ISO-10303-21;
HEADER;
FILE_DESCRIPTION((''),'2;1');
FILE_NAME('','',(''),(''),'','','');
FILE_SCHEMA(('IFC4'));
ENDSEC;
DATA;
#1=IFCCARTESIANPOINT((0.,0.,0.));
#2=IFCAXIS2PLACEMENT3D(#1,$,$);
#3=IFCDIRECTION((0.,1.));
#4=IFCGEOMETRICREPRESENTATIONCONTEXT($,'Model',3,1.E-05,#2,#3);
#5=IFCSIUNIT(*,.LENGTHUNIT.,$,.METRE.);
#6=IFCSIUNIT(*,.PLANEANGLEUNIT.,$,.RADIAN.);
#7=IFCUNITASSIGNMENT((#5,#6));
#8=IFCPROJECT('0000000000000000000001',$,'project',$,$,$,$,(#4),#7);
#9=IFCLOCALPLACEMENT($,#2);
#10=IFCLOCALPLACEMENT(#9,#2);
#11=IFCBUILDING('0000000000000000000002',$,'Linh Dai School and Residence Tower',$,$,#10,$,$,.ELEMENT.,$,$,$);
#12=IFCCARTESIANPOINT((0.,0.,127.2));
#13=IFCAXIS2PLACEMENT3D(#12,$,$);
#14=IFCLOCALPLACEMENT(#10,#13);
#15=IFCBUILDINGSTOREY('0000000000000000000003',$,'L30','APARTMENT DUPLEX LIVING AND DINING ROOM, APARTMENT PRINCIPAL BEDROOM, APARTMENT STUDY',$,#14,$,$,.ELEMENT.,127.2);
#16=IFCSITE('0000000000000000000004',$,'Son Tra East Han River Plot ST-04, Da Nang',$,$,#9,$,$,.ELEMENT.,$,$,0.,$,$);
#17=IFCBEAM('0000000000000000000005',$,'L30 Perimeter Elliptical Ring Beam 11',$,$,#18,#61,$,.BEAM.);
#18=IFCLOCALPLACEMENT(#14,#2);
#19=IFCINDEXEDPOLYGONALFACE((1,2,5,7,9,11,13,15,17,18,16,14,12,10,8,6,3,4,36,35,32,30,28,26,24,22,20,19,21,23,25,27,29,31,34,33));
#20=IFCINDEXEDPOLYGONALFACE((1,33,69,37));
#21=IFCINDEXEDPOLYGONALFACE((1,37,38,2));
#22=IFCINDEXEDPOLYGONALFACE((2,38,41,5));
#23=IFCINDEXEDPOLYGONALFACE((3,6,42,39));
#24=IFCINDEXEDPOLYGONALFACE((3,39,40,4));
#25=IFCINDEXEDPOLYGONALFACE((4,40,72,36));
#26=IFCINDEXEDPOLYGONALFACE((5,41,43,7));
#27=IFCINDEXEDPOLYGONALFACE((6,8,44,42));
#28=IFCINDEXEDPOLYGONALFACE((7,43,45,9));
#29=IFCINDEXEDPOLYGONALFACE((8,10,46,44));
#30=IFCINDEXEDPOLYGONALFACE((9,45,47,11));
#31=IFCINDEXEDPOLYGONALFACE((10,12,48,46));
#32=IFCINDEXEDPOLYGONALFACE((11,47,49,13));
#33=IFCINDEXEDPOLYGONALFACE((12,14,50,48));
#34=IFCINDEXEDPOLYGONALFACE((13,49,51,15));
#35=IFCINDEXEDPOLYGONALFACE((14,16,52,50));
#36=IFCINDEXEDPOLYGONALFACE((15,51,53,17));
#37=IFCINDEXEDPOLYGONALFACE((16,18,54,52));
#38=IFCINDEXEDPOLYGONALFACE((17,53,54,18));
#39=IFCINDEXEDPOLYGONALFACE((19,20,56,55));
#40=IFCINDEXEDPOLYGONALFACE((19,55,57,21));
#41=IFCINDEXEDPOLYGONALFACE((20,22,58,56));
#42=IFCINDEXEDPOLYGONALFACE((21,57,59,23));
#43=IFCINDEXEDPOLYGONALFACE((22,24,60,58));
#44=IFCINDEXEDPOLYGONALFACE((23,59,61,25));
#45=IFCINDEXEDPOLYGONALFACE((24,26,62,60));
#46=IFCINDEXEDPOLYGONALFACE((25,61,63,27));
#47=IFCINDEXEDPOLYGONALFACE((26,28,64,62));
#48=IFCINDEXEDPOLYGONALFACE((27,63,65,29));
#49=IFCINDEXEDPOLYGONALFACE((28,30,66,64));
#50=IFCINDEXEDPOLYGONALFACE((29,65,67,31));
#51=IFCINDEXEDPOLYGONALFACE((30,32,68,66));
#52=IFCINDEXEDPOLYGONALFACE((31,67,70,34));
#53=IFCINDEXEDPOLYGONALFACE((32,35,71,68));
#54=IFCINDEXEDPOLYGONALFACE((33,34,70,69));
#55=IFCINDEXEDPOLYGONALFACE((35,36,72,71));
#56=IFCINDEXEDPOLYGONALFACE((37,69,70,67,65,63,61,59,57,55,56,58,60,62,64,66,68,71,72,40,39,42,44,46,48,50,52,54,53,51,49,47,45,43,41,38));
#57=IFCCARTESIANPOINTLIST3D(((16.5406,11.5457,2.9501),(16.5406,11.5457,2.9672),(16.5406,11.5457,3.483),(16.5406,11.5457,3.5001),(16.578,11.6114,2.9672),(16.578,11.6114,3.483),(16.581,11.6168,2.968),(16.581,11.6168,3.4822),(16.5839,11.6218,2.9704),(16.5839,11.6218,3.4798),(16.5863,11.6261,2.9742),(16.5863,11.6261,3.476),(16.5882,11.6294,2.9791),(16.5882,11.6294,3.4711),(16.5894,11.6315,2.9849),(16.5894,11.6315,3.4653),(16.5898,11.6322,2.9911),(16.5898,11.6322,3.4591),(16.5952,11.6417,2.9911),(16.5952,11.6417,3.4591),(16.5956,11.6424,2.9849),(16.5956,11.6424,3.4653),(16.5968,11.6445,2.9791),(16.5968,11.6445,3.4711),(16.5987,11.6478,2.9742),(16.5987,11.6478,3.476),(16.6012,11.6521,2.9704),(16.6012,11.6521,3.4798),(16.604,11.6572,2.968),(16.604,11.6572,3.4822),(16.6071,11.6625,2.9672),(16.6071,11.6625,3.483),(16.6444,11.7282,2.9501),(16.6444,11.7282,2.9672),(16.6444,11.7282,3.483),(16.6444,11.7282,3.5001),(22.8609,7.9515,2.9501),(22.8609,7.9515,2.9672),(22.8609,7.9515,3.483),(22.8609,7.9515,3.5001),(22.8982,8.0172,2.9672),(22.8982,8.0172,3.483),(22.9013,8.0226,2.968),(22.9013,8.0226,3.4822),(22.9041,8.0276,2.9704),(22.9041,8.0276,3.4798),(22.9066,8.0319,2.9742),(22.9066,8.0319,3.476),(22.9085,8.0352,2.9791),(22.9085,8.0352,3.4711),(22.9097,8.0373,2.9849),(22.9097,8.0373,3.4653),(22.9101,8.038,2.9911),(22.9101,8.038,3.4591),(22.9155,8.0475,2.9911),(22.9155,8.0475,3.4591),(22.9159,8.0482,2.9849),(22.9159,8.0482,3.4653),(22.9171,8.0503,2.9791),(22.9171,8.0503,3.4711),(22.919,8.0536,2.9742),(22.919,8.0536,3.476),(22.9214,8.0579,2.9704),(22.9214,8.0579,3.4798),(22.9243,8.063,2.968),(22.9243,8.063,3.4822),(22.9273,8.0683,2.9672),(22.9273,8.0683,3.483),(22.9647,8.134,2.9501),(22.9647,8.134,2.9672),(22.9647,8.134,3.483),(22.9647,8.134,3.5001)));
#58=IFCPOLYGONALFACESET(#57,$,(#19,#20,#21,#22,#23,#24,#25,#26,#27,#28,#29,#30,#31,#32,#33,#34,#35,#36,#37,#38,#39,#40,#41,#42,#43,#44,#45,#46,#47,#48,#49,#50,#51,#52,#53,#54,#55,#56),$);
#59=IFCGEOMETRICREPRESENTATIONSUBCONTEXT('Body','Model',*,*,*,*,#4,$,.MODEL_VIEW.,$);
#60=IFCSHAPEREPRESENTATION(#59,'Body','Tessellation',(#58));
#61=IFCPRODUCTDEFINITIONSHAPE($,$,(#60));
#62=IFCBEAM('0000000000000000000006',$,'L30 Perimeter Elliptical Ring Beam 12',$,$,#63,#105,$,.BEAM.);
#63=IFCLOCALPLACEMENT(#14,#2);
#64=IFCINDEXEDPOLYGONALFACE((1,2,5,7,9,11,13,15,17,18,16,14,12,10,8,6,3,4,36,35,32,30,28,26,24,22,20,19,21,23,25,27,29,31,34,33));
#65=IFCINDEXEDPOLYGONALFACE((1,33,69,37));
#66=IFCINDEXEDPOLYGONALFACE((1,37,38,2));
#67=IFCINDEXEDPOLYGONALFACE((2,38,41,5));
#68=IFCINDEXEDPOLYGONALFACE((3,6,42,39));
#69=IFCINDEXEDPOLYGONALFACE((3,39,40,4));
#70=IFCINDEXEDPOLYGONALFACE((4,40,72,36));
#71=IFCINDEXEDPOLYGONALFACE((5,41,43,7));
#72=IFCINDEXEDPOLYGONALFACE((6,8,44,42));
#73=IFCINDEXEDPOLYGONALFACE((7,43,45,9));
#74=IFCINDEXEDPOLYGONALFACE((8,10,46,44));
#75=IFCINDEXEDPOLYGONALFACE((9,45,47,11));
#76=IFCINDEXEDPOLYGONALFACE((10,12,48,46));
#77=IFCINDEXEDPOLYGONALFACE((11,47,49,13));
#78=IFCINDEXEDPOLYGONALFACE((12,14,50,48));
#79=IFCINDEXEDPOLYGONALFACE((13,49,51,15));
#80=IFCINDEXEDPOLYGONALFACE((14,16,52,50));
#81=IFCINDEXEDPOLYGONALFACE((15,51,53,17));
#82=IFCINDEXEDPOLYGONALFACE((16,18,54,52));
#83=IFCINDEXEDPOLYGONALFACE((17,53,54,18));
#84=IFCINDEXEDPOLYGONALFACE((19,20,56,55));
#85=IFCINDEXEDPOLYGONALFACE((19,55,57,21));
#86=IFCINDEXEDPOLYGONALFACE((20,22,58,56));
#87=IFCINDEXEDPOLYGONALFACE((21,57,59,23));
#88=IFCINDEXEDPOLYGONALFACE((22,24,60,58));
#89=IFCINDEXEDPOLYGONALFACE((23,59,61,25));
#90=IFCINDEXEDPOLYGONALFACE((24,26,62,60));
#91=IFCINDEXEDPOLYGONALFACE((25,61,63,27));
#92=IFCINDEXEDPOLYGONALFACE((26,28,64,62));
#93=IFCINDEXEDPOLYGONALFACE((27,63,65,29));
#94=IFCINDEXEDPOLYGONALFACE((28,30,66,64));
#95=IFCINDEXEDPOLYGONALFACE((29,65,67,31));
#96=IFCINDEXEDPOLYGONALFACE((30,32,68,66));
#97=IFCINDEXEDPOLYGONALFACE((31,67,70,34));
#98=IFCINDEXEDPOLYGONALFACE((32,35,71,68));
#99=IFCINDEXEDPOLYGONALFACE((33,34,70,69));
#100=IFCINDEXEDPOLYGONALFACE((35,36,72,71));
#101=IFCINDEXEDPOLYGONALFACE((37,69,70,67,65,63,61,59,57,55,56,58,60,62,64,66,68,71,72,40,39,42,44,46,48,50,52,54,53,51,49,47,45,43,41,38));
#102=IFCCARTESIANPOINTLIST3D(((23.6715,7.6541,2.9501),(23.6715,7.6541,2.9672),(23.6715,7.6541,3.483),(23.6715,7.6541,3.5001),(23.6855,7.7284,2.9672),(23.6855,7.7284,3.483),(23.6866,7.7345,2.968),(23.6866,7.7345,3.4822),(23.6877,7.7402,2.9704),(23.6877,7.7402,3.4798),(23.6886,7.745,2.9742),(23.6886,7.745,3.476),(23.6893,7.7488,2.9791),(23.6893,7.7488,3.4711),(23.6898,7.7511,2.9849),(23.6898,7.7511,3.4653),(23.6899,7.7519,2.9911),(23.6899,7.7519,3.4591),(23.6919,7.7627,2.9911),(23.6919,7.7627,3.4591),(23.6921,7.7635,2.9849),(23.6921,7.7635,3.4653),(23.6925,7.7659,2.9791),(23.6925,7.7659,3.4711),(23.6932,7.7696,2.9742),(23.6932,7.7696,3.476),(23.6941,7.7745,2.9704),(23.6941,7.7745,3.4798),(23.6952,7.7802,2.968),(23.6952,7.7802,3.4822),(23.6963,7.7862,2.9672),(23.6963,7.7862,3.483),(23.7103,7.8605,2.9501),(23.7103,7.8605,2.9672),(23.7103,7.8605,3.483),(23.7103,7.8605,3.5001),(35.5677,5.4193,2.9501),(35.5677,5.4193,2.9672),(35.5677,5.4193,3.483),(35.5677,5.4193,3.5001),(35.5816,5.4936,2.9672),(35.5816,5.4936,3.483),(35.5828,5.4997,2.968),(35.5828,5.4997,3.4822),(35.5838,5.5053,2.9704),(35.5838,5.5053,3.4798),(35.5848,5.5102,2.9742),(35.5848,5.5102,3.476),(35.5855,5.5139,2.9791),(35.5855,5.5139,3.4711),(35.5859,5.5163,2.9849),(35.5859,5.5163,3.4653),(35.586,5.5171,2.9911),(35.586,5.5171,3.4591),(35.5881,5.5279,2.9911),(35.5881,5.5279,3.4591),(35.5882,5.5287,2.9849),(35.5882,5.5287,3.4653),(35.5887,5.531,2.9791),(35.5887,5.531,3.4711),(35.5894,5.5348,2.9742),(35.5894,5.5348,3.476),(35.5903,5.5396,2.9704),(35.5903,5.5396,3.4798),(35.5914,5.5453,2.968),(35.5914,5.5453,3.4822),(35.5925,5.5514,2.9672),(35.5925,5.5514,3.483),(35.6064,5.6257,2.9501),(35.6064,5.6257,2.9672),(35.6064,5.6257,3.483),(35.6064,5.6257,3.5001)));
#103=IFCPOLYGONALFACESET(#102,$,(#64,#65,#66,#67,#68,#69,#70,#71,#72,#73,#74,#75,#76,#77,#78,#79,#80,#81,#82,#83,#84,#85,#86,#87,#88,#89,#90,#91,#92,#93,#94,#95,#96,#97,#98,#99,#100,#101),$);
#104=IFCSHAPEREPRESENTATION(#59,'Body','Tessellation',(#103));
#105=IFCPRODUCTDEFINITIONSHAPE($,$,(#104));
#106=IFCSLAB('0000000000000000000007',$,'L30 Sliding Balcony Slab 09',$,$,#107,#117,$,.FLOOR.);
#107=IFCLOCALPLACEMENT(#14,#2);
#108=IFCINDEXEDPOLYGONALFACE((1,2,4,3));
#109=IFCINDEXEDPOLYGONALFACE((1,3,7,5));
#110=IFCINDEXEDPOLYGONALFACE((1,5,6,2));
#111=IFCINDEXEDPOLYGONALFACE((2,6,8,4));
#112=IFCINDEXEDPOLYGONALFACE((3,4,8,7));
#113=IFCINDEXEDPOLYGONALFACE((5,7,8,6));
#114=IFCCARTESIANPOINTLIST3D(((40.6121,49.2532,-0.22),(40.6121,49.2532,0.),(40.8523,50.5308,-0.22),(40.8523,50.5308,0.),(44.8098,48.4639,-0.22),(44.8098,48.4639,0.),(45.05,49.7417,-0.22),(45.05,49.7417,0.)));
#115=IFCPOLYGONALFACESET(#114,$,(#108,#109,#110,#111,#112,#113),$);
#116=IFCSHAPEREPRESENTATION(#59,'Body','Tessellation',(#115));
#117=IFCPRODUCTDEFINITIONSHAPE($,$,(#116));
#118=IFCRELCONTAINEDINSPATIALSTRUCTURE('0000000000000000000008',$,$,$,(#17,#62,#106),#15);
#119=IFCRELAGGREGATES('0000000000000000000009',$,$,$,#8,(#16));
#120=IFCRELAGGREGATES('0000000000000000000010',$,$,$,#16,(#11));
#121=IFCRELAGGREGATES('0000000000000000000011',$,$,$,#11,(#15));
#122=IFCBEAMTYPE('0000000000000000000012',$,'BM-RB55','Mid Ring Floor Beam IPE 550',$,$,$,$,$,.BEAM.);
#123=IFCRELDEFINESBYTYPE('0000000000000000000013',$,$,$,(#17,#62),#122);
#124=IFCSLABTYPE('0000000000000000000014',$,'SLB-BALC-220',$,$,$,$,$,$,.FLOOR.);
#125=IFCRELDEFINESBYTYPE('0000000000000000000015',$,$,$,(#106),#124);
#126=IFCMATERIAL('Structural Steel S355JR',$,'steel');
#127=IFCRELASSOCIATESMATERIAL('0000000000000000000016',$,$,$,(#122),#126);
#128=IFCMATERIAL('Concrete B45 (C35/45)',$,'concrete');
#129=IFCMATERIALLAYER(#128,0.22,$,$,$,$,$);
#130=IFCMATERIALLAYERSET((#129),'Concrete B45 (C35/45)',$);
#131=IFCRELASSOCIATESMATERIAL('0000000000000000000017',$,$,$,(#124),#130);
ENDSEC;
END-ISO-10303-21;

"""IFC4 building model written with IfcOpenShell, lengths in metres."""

from ifc_helpers import new_model, si_unit, direction, frame, origin, origin_2d, place, context, subcontext, project, spatial, polyline, i_section, outline, extrude, material, layer, layer_set, material_profile, profile_set, type_object, element, save


model = new_model("IFC4")

# Units and contexts
model_context = context("Model", 3, precision=1e-05, world=origin(), true_north=direction((0.0, 1.0)))
body_context = subcontext(model_context, "Body", "Model", "MODEL_VIEW")
ifc_project = project(units=[si_unit("LENGTHUNIT", "METRE"), si_unit("PLANEANGLEUNIT", "RADIAN")], contexts=[model_context])

# Site, building, storey
site_placement = place(None, origin())
site = spatial("IfcSite", under=ifc_project, at=site_placement, Name="Son Tra East Han River Plot ST-04, Da Nang", CompositionType="ELEMENT", RefElevation=0.0)
building_placement = place(site_placement, origin())
building = spatial("IfcBuilding", under=site, at=building_placement, Name="Linh Dai School and Residence Tower", CompositionType="ELEMENT")
storey_placement = place(building_placement, frame((0.0, 0.0, 127.2)))
storey = spatial("IfcBuildingStorey", under=building, at=storey_placement, Name="L30", Description="APARTMENT DUPLEX LIVING AND DINING ROOM, APARTMENT PRINCIPAL BEDROOM, APARTMENT STUDY", CompositionType="ELEMENT", Elevation=127.2)

# Shared definitions
ifc_material_1 = material(Name="Structural Steel S355JR", Category="steel")

# Beams
ifc_material_profile_1 = material_profile(ifc_material_1, i_section(OverallWidth=0.21, OverallDepth=0.55, WebThickness=0.011, FlangeThickness=0.0171, FilletRadius=0.0239, at=origin_2d()), Name="IPE 550")
ifc_profile_set_1 = profile_set([ifc_material_profile_1], Name="Structural Steel S355JR")
beam_type = type_object("IfcBeamType", Name="BM-RB55", Description="Mid Ring Floor Beam IPE 550", PredefinedType="BEAM", material=ifc_profile_set_1)
beam_1_placement = place(storey_placement, frame((16.5925, 11.637, 3.2251), z_axis=(0.86927, -0.494337, 0.0), x_axis=(0.494337, 0.86927, 0.0)))
element("IfcBeam", 1, at=beam_1_placement, inside=storey, type_object=beam_type, Name="L30 Perimeter Elliptical Ring Beam 11", PredefinedType="BEAM", context=body_context, shape_type="SweptSolid", body=[
    extrude(i_section(OverallWidth=0.21, OverallDepth=0.55, WebThickness=0.011, FlangeThickness=0.0171, FilletRadius=0.0239, at=origin_2d()), origin(), (0.0, 0.0, 1.0), 7.2708),
])
beam_2_placement = place(storey_placement, frame((23.6909, 7.7573, 3.2251), z_axis=(0.982808, -0.184633, 0.0), x_axis=(0.184633, 0.982808, 0.0)))
element("IfcBeam", 2, at=beam_2_placement, inside=storey, type_object=beam_type, Name="L30 Perimeter Elliptical Ring Beam 12", PredefinedType="BEAM", context=body_context, shape_type="SweptSolid", body=[
    extrude(i_section(OverallWidth=0.21, OverallDepth=0.55, WebThickness=0.011, FlangeThickness=0.0171, FilletRadius=0.0239, at=origin_2d()), origin(), (0.0, 0.0, 1.0), 12.1042),
])

# Slab
ifc_material_2 = material(Name="Concrete B45 (C35/45)", Category="concrete")
ifc_layer_1 = layer(ifc_material_2, 0.22)
ifc_layer_set_1 = layer_set([ifc_layer_1], Name="Concrete B45 (C35/45)")
slab_type_1 = type_object("IfcSlabType", Name="SLB-BALC-220", PredefinedType="FLOOR", material=ifc_layer_set_1)
slab_1_placement = place(storey_placement, frame((0.0, 0.0, -0.22)))
element("IfcSlab", 3, at=slab_1_placement, inside=storey, type_object=slab_type_1, Name="L30 Sliding Balcony Slab 09", PredefinedType="FLOOR", context=body_context, shape_type="SweptSolid", body=[
    extrude(outline(polyline([(40.6121, 49.2532), (44.8098, 48.4639), (45.05, 49.7417), (40.8523, 50.5308), (40.6121, 49.2532)])), origin(), (0.0, 0.0, 1.0), 0.22),
])

save(model, "model.ifc")
